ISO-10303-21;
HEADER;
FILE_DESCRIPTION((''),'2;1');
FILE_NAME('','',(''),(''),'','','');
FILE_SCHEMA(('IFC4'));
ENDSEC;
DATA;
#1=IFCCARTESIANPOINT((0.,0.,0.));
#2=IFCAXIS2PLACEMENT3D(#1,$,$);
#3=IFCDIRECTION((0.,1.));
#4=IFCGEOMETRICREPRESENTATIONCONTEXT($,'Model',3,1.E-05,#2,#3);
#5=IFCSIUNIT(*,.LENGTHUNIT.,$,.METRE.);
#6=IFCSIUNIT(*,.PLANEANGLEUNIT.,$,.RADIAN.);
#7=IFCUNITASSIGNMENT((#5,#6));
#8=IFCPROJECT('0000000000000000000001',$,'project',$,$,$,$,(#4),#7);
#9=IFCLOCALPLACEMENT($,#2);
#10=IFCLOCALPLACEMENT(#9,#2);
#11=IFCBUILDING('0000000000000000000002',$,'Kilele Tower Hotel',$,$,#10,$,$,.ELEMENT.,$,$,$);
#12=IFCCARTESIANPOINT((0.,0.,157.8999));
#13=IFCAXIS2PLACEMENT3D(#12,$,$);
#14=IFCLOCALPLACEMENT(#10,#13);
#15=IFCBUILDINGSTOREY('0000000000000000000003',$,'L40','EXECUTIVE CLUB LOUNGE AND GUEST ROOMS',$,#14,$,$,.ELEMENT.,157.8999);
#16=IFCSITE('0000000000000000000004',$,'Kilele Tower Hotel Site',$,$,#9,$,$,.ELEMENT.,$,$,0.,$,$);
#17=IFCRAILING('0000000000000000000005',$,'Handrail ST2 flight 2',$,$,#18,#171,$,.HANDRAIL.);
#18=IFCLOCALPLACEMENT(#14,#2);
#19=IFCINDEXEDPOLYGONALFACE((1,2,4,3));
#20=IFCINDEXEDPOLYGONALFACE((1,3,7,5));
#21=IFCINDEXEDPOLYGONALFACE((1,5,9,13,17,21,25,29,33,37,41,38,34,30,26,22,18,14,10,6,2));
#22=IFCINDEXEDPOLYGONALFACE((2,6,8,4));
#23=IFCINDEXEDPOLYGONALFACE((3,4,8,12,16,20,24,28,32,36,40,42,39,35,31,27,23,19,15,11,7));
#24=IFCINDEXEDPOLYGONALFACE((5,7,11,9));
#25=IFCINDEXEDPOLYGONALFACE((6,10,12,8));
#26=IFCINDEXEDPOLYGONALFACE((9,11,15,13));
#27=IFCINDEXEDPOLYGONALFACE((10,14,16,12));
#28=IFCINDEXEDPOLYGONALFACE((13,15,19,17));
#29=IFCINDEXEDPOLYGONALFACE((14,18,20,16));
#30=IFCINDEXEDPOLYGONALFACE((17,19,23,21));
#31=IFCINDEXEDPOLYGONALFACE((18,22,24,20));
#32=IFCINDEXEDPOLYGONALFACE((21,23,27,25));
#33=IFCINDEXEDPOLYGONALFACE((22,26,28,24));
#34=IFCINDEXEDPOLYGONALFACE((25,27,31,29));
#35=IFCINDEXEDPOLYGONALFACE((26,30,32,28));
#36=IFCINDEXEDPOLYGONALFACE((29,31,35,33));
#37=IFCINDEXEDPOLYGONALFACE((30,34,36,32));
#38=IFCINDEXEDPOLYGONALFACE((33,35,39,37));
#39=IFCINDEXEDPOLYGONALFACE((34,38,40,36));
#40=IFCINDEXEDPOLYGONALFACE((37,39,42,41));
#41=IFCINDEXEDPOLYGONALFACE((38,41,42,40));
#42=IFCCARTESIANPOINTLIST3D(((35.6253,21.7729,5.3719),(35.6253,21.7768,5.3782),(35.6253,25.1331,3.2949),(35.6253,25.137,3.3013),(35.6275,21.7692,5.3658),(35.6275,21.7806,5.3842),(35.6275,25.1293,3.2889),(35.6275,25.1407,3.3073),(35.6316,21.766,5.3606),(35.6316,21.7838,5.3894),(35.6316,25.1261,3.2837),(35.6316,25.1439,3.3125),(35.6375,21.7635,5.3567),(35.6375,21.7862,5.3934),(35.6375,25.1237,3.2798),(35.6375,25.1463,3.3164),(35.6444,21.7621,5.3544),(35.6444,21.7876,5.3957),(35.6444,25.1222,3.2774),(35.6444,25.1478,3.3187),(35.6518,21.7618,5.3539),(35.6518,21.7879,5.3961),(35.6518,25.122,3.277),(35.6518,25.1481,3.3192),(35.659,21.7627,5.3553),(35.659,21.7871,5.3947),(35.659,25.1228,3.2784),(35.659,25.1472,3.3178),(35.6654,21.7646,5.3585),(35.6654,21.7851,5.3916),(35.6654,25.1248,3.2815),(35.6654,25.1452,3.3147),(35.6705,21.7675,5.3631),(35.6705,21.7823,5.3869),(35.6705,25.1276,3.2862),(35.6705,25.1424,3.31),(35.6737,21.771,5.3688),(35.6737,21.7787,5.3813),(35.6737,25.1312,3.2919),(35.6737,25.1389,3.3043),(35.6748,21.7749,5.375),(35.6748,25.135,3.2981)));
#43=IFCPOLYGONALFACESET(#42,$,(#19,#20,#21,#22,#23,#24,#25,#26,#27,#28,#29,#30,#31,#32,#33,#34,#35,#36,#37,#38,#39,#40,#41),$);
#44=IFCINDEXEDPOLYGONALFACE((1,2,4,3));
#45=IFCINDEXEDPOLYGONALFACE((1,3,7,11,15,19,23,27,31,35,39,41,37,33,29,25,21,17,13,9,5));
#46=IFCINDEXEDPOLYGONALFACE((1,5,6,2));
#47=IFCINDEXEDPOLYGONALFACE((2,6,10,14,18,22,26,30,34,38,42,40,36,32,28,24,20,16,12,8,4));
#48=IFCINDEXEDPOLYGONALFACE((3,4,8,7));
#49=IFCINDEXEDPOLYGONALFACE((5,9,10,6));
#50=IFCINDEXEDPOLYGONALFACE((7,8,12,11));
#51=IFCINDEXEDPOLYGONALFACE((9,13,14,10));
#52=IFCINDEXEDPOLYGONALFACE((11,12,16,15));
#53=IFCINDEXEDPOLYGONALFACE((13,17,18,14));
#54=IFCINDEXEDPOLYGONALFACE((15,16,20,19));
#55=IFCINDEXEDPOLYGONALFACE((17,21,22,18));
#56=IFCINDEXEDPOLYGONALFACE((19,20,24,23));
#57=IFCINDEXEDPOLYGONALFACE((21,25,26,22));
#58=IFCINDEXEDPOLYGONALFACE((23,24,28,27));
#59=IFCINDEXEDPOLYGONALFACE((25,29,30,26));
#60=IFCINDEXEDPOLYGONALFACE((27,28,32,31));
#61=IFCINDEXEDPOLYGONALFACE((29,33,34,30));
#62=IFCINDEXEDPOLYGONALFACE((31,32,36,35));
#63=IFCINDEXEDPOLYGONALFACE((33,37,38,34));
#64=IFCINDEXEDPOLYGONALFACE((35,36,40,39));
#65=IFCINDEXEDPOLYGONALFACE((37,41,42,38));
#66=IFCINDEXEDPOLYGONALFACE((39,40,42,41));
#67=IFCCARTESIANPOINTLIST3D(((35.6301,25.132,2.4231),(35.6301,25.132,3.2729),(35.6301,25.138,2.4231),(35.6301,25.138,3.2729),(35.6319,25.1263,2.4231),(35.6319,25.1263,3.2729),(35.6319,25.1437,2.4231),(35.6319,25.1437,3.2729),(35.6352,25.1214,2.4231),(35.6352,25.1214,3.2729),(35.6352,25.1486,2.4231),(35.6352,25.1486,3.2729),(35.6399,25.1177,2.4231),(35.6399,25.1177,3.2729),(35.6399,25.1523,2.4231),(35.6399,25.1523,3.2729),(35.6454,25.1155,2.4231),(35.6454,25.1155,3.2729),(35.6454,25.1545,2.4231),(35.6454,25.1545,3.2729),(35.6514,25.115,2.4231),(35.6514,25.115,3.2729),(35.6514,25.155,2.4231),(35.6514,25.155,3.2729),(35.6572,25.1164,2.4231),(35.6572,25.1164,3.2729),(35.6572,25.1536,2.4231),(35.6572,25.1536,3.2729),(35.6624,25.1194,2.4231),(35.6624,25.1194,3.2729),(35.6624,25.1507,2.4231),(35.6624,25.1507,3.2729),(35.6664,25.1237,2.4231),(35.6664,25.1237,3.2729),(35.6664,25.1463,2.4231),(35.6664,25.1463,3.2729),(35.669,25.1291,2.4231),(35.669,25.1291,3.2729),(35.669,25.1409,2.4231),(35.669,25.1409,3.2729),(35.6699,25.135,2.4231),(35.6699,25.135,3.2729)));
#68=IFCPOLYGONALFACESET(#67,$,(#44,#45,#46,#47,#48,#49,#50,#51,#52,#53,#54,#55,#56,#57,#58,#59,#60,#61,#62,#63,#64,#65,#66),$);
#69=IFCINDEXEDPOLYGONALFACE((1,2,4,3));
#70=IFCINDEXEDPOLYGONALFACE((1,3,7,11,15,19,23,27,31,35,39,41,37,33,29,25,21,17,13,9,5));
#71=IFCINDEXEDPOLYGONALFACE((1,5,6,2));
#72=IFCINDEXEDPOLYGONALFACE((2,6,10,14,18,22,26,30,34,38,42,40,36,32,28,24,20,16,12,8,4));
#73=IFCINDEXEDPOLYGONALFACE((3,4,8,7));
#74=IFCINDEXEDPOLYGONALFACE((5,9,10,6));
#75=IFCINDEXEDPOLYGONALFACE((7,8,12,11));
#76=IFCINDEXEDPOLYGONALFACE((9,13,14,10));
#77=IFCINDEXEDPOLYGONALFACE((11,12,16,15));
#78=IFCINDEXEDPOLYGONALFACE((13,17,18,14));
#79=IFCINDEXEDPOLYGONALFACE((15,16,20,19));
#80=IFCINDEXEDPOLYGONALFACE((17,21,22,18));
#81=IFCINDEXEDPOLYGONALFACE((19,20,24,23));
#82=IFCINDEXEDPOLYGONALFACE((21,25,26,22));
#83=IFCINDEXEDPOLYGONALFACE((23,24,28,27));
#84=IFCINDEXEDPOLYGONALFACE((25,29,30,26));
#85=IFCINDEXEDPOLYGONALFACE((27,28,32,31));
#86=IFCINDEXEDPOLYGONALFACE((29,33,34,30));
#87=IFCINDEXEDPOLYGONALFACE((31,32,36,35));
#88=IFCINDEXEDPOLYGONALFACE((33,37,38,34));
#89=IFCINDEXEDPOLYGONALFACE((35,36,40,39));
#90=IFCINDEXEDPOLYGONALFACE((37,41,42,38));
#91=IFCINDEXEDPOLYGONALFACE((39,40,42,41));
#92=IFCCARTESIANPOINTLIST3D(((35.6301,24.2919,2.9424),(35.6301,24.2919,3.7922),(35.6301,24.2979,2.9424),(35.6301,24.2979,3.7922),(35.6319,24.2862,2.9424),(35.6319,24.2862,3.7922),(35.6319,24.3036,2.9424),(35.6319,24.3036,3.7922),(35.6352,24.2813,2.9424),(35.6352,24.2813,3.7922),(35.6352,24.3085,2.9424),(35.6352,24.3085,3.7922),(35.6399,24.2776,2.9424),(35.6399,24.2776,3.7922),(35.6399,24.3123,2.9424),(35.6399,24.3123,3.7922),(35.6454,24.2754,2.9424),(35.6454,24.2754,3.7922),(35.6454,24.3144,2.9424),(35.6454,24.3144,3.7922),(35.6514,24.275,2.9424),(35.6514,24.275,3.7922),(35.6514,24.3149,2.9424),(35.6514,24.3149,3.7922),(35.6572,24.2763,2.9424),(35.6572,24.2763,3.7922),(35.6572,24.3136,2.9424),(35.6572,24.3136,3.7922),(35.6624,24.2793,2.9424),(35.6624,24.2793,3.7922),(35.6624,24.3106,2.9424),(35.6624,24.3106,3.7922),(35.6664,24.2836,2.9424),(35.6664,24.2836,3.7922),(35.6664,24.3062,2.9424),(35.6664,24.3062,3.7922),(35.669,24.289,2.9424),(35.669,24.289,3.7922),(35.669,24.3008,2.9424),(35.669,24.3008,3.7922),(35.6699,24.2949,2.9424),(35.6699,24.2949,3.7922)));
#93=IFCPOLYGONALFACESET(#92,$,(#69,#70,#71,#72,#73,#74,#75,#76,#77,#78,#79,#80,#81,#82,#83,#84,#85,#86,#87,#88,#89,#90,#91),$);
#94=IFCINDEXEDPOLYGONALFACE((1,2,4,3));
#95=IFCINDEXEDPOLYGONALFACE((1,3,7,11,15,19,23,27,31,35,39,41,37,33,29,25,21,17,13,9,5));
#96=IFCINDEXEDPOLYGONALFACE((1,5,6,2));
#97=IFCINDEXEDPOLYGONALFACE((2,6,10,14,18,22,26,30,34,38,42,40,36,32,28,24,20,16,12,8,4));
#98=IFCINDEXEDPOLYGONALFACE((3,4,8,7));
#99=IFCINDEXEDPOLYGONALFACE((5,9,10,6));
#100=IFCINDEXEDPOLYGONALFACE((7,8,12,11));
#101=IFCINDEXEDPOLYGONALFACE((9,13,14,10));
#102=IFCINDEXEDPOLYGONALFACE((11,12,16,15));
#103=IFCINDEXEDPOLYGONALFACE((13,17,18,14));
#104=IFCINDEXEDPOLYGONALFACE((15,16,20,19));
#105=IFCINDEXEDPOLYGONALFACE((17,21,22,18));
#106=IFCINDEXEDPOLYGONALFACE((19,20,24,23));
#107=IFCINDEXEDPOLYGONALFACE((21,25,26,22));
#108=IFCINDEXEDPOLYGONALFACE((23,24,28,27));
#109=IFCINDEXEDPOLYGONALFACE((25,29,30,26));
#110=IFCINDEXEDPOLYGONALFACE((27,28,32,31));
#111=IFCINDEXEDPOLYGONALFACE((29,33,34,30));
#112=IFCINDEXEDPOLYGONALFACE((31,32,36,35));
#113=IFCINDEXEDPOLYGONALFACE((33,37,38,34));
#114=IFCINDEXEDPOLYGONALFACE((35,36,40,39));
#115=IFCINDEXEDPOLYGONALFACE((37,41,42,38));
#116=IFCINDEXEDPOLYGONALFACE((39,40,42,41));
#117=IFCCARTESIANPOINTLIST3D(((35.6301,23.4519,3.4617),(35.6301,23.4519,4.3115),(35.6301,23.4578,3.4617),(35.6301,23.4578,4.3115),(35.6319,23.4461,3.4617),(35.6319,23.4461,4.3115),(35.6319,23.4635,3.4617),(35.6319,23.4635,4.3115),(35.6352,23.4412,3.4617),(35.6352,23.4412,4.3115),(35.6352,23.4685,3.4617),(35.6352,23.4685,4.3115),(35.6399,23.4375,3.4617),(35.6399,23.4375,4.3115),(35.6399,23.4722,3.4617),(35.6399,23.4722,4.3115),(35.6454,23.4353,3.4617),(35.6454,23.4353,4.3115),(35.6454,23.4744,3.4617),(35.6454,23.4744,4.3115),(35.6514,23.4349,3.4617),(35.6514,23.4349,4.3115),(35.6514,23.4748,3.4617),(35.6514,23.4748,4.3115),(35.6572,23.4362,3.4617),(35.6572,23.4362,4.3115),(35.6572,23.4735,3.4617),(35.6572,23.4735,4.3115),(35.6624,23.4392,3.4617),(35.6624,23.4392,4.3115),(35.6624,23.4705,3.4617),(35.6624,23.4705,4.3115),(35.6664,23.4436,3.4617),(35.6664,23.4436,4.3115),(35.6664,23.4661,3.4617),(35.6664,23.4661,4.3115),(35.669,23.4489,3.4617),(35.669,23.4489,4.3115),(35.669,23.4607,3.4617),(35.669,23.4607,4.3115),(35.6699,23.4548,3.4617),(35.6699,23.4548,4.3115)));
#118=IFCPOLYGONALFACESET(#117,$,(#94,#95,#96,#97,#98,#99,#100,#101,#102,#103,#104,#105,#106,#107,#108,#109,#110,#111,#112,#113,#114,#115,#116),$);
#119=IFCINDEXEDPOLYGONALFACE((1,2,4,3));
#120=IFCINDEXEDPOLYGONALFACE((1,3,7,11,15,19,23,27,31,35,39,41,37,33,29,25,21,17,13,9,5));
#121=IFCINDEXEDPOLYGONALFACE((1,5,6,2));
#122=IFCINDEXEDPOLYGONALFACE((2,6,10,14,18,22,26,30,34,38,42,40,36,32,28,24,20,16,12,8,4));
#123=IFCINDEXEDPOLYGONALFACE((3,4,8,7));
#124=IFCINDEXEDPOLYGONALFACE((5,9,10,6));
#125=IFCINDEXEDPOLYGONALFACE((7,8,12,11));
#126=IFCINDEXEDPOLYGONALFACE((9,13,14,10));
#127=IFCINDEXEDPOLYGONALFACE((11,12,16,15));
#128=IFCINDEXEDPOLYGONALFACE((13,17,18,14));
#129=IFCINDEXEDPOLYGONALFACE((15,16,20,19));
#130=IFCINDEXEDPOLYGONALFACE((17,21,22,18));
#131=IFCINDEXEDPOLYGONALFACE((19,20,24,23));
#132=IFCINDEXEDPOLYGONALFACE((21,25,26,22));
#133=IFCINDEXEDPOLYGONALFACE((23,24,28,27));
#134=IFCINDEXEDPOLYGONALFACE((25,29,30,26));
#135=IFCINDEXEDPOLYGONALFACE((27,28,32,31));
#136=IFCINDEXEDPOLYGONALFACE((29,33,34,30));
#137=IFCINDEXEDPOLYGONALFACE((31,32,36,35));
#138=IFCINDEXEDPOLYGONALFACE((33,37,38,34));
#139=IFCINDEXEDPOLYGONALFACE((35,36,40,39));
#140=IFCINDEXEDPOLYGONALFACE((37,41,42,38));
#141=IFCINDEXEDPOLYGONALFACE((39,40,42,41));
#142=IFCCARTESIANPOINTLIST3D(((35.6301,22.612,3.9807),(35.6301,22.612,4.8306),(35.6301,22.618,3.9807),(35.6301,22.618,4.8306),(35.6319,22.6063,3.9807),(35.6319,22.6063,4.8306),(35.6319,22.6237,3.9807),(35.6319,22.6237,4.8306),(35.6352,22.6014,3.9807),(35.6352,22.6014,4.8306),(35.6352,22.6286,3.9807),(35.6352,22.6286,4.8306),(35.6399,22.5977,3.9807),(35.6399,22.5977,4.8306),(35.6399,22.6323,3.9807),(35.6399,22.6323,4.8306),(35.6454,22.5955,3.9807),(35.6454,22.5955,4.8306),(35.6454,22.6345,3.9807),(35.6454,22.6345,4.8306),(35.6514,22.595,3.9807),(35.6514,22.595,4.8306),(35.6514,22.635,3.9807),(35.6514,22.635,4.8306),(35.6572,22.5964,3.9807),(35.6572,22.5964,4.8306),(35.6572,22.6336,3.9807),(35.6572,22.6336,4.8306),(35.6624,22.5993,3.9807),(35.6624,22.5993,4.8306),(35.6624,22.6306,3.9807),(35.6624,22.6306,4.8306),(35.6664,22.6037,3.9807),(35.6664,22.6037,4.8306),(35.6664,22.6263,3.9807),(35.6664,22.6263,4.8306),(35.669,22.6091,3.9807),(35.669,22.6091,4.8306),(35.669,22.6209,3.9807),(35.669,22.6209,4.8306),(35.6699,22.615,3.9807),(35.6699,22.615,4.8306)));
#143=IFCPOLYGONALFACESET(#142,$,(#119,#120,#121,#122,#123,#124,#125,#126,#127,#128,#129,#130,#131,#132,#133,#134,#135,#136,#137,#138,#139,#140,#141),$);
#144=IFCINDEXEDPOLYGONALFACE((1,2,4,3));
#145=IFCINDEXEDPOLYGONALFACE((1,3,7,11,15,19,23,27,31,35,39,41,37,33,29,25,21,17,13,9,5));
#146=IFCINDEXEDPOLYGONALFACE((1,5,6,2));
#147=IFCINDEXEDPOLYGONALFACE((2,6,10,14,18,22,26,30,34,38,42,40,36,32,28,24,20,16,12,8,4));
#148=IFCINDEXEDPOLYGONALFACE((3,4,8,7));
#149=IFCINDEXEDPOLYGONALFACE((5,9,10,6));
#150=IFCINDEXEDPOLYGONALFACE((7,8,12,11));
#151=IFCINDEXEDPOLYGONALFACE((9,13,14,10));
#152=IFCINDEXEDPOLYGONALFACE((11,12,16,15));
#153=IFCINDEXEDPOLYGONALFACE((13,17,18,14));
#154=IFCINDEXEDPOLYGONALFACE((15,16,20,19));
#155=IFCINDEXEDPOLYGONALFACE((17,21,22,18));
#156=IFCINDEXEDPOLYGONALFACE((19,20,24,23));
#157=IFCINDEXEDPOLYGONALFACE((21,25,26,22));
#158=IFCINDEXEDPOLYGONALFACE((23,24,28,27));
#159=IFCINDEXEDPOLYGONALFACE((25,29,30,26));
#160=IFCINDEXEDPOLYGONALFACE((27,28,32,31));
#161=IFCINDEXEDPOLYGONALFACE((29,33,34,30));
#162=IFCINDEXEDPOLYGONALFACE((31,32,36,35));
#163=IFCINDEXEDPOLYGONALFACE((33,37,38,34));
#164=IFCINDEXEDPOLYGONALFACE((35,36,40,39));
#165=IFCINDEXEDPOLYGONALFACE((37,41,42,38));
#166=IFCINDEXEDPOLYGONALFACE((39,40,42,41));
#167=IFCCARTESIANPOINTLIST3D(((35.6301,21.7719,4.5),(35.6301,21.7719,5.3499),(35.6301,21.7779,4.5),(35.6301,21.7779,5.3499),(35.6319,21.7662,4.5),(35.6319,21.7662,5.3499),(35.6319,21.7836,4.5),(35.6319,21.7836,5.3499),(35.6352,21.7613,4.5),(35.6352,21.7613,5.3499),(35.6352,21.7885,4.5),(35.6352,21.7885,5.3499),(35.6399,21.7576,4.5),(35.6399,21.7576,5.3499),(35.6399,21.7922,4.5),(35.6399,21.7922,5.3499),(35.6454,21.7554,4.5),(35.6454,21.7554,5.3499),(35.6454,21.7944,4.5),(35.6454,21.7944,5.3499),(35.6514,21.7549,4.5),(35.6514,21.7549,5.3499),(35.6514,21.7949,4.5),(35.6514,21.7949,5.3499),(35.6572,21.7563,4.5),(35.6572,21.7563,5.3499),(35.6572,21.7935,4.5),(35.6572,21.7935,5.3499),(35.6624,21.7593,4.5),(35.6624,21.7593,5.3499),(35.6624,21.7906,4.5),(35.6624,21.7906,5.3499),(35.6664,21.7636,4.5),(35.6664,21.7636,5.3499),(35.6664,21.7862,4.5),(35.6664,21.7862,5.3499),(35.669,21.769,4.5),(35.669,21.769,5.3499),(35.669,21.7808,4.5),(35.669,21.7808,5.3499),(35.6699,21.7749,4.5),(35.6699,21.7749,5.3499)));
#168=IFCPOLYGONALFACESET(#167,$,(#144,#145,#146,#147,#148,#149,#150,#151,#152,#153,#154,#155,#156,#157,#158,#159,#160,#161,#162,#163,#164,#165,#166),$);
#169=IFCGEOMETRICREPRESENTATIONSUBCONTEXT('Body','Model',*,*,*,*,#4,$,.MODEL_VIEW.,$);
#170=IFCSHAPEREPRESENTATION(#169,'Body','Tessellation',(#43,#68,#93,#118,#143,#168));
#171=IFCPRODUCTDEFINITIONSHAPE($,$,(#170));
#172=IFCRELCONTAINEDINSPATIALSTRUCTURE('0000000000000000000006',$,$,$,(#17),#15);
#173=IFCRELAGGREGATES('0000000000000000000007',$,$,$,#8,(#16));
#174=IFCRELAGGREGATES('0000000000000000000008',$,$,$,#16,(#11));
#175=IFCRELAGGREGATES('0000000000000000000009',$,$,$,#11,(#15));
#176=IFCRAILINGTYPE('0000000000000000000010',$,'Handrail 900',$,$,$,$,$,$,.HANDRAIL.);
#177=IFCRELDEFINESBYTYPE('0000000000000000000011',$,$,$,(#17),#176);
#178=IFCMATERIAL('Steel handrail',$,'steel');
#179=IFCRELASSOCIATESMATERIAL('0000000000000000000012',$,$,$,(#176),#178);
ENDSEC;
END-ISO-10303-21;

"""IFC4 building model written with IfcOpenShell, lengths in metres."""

from ifc_helpers import new_model, si_unit, direction, frame, origin, origin_2d, place, context, subcontext, project, spatial, circle, extrude, material, type_object, element, save


model = new_model("IFC4")

# Units and contexts
model_context = context("Model", 3, precision=1e-05, world=origin(), true_north=direction((0.0, 1.0)))
body_context = subcontext(model_context, "Body", "Model", "MODEL_VIEW")
ifc_project = project(units=[si_unit("LENGTHUNIT", "METRE"), si_unit("PLANEANGLEUNIT", "RADIAN")], contexts=[model_context])

# Site, building, storey
site_placement = place(None, origin())
site = spatial("IfcSite", under=ifc_project, at=site_placement, Name="Kilele Tower Hotel Site", CompositionType="ELEMENT", RefElevation=0.0)
building_placement = place(site_placement, origin())
building = spatial("IfcBuilding", under=site, at=building_placement, Name="Kilele Tower Hotel", CompositionType="ELEMENT")
storey_placement = place(building_placement, frame((0.0, 0.0, 157.8999)))
storey = spatial("IfcBuildingStorey", under=building, at=storey_placement, Name="L40", Description="EXECUTIVE CLUB LOUNGE AND GUEST ROOMS", CompositionType="ELEMENT", Elevation=157.8999)

# Railing
ifc_material_1 = material(Name="Steel handrail", Category="steel")
railing_type_1 = type_object("IfcRailingType", Name="Handrail 900", PredefinedType="HANDRAIL", material=ifc_material_1)
for number, where, name in (
    (1, (35.6499, 25.135, 2.4231), "Handrail ST2 flight 2"),
):
    element("IfcRailing", number, at=place(storey_placement, frame(where)), inside=storey, type_object=railing_type_1, Name=name, PredefinedType="HANDRAIL", context=body_context, shape_type="SweptSolid", body=[
        extrude(circle(Radius=0.0249, at=origin_2d()), frame((0.0, 0.0, 0.875), z_axis=(0.0, -0.850623, 0.525776), x_axis=(1.0, 0.0, 0.0)), (0.0, 0.0, 1.0), 3.9502),
        extrude(circle(Radius=0.02, at=origin_2d()), origin(), (0.0, 0.0, 1.0), 0.8499),
        extrude(circle(Radius=0.02, at=origin_2d()), frame((0.0, -0.8401, 0.5193)), (0.0, 0.0, 1.0), 0.8499),
        extrude(circle(Radius=0.02, at=origin_2d()), frame((0.0, -1.6802, 1.0386)), (0.0, 0.0, 1.0), 0.8499),
        extrude(circle(Radius=0.02, at=origin_2d()), frame((0.0, -2.52, 1.5576)), (0.0, 0.0, 1.0), 0.8499),
        extrude(circle(Radius=0.02, at=origin_2d()), frame((0.0, -3.3601, 2.0769)), (0.0, 0.0, 1.0), 0.8499),
    ])

save(model, "model.ifc")
